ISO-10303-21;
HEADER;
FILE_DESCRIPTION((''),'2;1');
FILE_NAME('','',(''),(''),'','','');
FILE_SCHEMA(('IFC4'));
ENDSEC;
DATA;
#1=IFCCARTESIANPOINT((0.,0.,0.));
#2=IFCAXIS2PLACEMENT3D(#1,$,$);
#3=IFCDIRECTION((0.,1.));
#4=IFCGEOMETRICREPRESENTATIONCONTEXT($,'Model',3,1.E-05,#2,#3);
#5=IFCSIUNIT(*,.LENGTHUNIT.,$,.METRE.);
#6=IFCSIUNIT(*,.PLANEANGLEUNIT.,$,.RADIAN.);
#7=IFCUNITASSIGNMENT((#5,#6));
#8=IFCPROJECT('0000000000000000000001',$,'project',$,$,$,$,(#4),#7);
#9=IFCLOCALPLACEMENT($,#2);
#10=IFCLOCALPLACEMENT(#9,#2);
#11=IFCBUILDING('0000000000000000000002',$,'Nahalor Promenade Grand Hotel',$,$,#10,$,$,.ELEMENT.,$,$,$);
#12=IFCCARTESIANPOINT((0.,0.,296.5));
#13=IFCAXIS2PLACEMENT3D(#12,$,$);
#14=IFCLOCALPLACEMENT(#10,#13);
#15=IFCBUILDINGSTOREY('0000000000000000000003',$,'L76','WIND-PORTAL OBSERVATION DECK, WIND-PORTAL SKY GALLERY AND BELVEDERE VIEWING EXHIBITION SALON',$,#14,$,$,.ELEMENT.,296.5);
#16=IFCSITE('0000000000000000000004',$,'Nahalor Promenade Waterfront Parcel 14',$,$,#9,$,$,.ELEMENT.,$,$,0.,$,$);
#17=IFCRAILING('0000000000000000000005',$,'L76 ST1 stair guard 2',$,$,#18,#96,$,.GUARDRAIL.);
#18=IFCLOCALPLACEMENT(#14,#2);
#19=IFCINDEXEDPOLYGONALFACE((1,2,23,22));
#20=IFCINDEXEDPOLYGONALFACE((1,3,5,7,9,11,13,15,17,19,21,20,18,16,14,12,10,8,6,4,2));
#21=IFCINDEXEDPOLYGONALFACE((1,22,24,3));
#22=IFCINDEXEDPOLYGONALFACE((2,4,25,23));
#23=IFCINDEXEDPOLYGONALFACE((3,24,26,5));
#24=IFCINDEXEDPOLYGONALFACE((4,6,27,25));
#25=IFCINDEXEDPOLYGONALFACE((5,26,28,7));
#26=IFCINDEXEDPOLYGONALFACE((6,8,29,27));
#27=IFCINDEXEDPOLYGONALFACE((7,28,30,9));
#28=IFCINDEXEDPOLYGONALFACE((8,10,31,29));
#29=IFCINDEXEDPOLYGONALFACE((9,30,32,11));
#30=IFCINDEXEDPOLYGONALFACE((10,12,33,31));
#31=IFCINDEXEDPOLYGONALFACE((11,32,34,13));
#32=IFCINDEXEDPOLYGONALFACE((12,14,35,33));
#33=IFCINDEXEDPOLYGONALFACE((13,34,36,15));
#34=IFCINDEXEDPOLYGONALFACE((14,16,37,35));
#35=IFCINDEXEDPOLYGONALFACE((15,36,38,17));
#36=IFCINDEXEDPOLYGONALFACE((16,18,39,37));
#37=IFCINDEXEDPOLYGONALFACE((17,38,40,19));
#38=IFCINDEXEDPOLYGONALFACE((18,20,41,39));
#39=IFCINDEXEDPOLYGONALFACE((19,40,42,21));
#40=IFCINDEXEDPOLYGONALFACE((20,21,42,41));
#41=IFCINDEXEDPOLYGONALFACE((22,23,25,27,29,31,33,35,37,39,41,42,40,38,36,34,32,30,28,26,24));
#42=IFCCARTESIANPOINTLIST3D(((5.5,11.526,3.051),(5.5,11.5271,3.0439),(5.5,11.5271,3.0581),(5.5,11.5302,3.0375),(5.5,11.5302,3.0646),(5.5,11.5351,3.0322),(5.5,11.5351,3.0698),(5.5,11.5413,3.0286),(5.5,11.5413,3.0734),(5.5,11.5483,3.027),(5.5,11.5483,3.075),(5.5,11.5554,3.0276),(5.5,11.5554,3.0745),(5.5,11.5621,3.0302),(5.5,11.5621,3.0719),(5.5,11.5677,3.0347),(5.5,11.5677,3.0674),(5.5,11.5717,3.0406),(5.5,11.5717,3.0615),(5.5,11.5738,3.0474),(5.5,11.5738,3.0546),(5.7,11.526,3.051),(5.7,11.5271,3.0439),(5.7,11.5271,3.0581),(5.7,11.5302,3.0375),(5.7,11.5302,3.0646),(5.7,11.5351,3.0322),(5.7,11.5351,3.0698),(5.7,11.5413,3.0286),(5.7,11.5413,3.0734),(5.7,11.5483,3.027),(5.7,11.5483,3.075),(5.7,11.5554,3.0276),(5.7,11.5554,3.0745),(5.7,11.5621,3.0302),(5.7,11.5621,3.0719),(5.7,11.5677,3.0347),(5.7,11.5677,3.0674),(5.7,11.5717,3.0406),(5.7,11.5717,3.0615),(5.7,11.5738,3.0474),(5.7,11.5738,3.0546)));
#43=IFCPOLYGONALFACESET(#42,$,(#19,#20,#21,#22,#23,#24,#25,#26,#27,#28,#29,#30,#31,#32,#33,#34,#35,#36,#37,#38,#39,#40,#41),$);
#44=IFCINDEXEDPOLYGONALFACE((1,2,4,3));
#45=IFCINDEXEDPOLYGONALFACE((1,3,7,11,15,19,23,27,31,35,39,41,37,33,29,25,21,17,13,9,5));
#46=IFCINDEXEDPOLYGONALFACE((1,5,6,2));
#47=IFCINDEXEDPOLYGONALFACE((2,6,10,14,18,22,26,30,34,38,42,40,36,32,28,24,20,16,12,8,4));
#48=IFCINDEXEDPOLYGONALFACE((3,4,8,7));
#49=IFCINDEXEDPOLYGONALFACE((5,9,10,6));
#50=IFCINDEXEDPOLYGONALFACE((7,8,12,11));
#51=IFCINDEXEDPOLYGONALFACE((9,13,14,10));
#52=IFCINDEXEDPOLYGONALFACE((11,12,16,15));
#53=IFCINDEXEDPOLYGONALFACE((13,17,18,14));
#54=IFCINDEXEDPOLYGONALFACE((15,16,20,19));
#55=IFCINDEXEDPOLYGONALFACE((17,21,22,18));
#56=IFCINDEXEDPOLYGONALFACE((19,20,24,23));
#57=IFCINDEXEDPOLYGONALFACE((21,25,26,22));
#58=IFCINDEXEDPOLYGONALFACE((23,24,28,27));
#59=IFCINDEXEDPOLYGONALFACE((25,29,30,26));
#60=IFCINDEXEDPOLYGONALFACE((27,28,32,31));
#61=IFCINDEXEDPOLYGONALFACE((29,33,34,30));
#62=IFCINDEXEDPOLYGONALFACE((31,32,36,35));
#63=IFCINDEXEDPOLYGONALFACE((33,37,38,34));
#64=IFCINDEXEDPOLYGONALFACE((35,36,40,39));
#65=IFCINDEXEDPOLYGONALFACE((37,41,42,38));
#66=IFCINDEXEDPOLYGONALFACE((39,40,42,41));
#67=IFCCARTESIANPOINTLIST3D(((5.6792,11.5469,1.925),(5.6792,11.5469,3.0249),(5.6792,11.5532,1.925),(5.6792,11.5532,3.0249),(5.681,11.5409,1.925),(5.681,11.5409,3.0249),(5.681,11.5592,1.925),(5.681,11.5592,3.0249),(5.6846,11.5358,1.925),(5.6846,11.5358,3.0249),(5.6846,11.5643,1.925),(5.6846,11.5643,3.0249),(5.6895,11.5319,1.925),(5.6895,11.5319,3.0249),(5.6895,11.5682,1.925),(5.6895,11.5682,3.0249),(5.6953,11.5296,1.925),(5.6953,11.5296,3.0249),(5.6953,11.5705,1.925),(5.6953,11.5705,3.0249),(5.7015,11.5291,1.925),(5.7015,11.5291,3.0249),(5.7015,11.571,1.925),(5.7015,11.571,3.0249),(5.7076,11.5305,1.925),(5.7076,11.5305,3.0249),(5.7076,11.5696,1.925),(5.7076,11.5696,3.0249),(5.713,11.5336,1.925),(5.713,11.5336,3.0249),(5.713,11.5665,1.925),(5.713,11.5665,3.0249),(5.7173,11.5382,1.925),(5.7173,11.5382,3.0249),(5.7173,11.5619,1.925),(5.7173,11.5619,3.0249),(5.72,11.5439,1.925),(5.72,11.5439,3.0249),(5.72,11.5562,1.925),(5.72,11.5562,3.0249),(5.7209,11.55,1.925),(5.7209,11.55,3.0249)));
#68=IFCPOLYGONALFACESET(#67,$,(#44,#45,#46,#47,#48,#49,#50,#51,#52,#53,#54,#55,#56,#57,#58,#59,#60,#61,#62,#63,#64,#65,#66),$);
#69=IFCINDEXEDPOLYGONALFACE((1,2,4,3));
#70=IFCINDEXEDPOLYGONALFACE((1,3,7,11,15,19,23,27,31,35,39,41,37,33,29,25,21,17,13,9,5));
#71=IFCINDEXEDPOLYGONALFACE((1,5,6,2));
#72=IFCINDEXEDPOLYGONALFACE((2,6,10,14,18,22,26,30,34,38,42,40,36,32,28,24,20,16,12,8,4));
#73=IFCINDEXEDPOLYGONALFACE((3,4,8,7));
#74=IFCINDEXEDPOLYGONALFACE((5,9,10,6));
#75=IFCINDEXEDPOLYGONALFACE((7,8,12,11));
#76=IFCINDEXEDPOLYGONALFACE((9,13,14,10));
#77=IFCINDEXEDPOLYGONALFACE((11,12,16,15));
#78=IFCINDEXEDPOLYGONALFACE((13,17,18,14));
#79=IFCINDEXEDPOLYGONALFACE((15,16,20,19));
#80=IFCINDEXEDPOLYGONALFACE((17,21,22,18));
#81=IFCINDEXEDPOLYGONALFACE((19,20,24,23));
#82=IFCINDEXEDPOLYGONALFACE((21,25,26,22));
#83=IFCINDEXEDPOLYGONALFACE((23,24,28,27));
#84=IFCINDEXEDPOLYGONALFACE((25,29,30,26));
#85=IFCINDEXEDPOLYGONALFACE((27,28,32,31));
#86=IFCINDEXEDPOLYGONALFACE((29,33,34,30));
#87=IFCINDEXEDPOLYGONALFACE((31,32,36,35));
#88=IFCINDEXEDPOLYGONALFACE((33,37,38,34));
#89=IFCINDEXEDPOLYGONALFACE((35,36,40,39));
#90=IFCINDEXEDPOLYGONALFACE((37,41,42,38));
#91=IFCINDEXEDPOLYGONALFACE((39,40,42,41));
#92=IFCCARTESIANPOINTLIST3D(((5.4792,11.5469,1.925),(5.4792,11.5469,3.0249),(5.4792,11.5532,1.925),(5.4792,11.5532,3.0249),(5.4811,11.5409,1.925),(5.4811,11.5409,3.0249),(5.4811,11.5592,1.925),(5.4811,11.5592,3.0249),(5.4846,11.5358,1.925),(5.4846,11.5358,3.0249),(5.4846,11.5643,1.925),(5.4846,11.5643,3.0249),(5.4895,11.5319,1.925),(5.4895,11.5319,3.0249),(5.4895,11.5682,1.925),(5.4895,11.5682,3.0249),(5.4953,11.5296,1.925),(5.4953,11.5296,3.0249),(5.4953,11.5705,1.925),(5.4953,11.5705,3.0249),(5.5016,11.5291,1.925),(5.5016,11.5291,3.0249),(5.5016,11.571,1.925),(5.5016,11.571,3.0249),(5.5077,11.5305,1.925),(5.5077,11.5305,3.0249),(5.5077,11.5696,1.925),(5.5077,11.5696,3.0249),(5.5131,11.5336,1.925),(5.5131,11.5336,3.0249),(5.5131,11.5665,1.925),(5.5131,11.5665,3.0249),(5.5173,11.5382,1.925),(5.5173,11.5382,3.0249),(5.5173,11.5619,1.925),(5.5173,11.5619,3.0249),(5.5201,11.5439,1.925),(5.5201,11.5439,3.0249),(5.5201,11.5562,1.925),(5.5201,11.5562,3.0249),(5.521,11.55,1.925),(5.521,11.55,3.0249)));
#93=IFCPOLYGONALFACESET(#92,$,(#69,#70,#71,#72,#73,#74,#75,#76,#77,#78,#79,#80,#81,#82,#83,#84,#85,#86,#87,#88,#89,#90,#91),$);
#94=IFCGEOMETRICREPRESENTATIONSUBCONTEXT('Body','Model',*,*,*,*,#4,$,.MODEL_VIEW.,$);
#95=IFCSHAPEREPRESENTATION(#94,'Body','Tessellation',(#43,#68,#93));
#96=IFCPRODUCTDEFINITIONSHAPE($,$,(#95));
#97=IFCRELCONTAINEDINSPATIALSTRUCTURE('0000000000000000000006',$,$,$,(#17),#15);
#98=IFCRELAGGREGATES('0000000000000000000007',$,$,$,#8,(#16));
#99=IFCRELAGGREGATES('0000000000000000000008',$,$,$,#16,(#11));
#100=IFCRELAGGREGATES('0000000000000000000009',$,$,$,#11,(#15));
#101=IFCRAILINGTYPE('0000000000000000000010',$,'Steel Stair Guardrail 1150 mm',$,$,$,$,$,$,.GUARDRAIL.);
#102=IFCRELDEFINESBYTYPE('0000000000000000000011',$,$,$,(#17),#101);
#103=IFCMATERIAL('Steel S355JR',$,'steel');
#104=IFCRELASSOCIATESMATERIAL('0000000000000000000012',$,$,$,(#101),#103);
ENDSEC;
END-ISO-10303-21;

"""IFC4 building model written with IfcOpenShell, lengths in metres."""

from ifc_helpers import new_model, si_unit, direction, frame, origin, origin_2d, place, context, subcontext, project, spatial, circle, extrude, material, type_object, element, save


model = new_model("IFC4")

# Units and contexts
model_context = context("Model", 3, precision=1e-05, world=origin(), true_north=direction((0.0, 1.0)))
body_context = subcontext(model_context, "Body", "Model", "MODEL_VIEW")
ifc_project = project(units=[si_unit("LENGTHUNIT", "METRE"), si_unit("PLANEANGLEUNIT", "RADIAN")], contexts=[model_context])

# Site, building, storey
site_placement = place(None, origin())
site = spatial("IfcSite", under=ifc_project, at=site_placement, Name="Nahalor Promenade Waterfront Parcel 14", CompositionType="ELEMENT", RefElevation=0.0)
building_placement = place(site_placement, origin())
building = spatial("IfcBuilding", under=site, at=building_placement, Name="Nahalor Promenade Grand Hotel", CompositionType="ELEMENT")
storey_placement = place(building_placement, frame((0.0, 0.0, 296.5)))
storey = spatial("IfcBuildingStorey", under=building, at=storey_placement, Name="L76", Description="WIND-PORTAL OBSERVATION DECK, WIND-PORTAL SKY GALLERY AND BELVEDERE VIEWING EXHIBITION SALON", CompositionType="ELEMENT", Elevation=296.5)

# Shared definitions
ifc_material_1 = material(Name="Steel S355JR", Category="steel")

# Railing
railing_type = type_object("IfcRailingType", Name="Steel Stair Guardrail 1150 mm", PredefinedType="GUARDRAIL", material=ifc_material_1)
railing_placement = place(storey_placement, frame((5.7, 11.55, 1.925)))
element("IfcRailing", 1, at=railing_placement, inside=storey, type_object=railing_type, Name="L76 ST1 stair guard 2", PredefinedType="GUARDRAIL", context=body_context, shape_type="SweptSolid", body=[
    extrude(circle(Radius=0.024, at=origin_2d()), frame((0.0, 0.0, 1.126), z_axis=(-1.0, 0.0, 0.0), x_axis=(0.0, -1.0, 0.0)), (0.0, 0.0, 1.0), 0.2),
    extrude(circle(Radius=0.021, at=origin_2d()), origin(), (0.0, 0.0, 1.0), 1.0999),
    extrude(circle(Radius=0.021, at=origin_2d()), frame((-0.2, 0.0, 0.0)), (0.0, 0.0, 1.0), 1.0999),
])

save(model, "model.ifc")
